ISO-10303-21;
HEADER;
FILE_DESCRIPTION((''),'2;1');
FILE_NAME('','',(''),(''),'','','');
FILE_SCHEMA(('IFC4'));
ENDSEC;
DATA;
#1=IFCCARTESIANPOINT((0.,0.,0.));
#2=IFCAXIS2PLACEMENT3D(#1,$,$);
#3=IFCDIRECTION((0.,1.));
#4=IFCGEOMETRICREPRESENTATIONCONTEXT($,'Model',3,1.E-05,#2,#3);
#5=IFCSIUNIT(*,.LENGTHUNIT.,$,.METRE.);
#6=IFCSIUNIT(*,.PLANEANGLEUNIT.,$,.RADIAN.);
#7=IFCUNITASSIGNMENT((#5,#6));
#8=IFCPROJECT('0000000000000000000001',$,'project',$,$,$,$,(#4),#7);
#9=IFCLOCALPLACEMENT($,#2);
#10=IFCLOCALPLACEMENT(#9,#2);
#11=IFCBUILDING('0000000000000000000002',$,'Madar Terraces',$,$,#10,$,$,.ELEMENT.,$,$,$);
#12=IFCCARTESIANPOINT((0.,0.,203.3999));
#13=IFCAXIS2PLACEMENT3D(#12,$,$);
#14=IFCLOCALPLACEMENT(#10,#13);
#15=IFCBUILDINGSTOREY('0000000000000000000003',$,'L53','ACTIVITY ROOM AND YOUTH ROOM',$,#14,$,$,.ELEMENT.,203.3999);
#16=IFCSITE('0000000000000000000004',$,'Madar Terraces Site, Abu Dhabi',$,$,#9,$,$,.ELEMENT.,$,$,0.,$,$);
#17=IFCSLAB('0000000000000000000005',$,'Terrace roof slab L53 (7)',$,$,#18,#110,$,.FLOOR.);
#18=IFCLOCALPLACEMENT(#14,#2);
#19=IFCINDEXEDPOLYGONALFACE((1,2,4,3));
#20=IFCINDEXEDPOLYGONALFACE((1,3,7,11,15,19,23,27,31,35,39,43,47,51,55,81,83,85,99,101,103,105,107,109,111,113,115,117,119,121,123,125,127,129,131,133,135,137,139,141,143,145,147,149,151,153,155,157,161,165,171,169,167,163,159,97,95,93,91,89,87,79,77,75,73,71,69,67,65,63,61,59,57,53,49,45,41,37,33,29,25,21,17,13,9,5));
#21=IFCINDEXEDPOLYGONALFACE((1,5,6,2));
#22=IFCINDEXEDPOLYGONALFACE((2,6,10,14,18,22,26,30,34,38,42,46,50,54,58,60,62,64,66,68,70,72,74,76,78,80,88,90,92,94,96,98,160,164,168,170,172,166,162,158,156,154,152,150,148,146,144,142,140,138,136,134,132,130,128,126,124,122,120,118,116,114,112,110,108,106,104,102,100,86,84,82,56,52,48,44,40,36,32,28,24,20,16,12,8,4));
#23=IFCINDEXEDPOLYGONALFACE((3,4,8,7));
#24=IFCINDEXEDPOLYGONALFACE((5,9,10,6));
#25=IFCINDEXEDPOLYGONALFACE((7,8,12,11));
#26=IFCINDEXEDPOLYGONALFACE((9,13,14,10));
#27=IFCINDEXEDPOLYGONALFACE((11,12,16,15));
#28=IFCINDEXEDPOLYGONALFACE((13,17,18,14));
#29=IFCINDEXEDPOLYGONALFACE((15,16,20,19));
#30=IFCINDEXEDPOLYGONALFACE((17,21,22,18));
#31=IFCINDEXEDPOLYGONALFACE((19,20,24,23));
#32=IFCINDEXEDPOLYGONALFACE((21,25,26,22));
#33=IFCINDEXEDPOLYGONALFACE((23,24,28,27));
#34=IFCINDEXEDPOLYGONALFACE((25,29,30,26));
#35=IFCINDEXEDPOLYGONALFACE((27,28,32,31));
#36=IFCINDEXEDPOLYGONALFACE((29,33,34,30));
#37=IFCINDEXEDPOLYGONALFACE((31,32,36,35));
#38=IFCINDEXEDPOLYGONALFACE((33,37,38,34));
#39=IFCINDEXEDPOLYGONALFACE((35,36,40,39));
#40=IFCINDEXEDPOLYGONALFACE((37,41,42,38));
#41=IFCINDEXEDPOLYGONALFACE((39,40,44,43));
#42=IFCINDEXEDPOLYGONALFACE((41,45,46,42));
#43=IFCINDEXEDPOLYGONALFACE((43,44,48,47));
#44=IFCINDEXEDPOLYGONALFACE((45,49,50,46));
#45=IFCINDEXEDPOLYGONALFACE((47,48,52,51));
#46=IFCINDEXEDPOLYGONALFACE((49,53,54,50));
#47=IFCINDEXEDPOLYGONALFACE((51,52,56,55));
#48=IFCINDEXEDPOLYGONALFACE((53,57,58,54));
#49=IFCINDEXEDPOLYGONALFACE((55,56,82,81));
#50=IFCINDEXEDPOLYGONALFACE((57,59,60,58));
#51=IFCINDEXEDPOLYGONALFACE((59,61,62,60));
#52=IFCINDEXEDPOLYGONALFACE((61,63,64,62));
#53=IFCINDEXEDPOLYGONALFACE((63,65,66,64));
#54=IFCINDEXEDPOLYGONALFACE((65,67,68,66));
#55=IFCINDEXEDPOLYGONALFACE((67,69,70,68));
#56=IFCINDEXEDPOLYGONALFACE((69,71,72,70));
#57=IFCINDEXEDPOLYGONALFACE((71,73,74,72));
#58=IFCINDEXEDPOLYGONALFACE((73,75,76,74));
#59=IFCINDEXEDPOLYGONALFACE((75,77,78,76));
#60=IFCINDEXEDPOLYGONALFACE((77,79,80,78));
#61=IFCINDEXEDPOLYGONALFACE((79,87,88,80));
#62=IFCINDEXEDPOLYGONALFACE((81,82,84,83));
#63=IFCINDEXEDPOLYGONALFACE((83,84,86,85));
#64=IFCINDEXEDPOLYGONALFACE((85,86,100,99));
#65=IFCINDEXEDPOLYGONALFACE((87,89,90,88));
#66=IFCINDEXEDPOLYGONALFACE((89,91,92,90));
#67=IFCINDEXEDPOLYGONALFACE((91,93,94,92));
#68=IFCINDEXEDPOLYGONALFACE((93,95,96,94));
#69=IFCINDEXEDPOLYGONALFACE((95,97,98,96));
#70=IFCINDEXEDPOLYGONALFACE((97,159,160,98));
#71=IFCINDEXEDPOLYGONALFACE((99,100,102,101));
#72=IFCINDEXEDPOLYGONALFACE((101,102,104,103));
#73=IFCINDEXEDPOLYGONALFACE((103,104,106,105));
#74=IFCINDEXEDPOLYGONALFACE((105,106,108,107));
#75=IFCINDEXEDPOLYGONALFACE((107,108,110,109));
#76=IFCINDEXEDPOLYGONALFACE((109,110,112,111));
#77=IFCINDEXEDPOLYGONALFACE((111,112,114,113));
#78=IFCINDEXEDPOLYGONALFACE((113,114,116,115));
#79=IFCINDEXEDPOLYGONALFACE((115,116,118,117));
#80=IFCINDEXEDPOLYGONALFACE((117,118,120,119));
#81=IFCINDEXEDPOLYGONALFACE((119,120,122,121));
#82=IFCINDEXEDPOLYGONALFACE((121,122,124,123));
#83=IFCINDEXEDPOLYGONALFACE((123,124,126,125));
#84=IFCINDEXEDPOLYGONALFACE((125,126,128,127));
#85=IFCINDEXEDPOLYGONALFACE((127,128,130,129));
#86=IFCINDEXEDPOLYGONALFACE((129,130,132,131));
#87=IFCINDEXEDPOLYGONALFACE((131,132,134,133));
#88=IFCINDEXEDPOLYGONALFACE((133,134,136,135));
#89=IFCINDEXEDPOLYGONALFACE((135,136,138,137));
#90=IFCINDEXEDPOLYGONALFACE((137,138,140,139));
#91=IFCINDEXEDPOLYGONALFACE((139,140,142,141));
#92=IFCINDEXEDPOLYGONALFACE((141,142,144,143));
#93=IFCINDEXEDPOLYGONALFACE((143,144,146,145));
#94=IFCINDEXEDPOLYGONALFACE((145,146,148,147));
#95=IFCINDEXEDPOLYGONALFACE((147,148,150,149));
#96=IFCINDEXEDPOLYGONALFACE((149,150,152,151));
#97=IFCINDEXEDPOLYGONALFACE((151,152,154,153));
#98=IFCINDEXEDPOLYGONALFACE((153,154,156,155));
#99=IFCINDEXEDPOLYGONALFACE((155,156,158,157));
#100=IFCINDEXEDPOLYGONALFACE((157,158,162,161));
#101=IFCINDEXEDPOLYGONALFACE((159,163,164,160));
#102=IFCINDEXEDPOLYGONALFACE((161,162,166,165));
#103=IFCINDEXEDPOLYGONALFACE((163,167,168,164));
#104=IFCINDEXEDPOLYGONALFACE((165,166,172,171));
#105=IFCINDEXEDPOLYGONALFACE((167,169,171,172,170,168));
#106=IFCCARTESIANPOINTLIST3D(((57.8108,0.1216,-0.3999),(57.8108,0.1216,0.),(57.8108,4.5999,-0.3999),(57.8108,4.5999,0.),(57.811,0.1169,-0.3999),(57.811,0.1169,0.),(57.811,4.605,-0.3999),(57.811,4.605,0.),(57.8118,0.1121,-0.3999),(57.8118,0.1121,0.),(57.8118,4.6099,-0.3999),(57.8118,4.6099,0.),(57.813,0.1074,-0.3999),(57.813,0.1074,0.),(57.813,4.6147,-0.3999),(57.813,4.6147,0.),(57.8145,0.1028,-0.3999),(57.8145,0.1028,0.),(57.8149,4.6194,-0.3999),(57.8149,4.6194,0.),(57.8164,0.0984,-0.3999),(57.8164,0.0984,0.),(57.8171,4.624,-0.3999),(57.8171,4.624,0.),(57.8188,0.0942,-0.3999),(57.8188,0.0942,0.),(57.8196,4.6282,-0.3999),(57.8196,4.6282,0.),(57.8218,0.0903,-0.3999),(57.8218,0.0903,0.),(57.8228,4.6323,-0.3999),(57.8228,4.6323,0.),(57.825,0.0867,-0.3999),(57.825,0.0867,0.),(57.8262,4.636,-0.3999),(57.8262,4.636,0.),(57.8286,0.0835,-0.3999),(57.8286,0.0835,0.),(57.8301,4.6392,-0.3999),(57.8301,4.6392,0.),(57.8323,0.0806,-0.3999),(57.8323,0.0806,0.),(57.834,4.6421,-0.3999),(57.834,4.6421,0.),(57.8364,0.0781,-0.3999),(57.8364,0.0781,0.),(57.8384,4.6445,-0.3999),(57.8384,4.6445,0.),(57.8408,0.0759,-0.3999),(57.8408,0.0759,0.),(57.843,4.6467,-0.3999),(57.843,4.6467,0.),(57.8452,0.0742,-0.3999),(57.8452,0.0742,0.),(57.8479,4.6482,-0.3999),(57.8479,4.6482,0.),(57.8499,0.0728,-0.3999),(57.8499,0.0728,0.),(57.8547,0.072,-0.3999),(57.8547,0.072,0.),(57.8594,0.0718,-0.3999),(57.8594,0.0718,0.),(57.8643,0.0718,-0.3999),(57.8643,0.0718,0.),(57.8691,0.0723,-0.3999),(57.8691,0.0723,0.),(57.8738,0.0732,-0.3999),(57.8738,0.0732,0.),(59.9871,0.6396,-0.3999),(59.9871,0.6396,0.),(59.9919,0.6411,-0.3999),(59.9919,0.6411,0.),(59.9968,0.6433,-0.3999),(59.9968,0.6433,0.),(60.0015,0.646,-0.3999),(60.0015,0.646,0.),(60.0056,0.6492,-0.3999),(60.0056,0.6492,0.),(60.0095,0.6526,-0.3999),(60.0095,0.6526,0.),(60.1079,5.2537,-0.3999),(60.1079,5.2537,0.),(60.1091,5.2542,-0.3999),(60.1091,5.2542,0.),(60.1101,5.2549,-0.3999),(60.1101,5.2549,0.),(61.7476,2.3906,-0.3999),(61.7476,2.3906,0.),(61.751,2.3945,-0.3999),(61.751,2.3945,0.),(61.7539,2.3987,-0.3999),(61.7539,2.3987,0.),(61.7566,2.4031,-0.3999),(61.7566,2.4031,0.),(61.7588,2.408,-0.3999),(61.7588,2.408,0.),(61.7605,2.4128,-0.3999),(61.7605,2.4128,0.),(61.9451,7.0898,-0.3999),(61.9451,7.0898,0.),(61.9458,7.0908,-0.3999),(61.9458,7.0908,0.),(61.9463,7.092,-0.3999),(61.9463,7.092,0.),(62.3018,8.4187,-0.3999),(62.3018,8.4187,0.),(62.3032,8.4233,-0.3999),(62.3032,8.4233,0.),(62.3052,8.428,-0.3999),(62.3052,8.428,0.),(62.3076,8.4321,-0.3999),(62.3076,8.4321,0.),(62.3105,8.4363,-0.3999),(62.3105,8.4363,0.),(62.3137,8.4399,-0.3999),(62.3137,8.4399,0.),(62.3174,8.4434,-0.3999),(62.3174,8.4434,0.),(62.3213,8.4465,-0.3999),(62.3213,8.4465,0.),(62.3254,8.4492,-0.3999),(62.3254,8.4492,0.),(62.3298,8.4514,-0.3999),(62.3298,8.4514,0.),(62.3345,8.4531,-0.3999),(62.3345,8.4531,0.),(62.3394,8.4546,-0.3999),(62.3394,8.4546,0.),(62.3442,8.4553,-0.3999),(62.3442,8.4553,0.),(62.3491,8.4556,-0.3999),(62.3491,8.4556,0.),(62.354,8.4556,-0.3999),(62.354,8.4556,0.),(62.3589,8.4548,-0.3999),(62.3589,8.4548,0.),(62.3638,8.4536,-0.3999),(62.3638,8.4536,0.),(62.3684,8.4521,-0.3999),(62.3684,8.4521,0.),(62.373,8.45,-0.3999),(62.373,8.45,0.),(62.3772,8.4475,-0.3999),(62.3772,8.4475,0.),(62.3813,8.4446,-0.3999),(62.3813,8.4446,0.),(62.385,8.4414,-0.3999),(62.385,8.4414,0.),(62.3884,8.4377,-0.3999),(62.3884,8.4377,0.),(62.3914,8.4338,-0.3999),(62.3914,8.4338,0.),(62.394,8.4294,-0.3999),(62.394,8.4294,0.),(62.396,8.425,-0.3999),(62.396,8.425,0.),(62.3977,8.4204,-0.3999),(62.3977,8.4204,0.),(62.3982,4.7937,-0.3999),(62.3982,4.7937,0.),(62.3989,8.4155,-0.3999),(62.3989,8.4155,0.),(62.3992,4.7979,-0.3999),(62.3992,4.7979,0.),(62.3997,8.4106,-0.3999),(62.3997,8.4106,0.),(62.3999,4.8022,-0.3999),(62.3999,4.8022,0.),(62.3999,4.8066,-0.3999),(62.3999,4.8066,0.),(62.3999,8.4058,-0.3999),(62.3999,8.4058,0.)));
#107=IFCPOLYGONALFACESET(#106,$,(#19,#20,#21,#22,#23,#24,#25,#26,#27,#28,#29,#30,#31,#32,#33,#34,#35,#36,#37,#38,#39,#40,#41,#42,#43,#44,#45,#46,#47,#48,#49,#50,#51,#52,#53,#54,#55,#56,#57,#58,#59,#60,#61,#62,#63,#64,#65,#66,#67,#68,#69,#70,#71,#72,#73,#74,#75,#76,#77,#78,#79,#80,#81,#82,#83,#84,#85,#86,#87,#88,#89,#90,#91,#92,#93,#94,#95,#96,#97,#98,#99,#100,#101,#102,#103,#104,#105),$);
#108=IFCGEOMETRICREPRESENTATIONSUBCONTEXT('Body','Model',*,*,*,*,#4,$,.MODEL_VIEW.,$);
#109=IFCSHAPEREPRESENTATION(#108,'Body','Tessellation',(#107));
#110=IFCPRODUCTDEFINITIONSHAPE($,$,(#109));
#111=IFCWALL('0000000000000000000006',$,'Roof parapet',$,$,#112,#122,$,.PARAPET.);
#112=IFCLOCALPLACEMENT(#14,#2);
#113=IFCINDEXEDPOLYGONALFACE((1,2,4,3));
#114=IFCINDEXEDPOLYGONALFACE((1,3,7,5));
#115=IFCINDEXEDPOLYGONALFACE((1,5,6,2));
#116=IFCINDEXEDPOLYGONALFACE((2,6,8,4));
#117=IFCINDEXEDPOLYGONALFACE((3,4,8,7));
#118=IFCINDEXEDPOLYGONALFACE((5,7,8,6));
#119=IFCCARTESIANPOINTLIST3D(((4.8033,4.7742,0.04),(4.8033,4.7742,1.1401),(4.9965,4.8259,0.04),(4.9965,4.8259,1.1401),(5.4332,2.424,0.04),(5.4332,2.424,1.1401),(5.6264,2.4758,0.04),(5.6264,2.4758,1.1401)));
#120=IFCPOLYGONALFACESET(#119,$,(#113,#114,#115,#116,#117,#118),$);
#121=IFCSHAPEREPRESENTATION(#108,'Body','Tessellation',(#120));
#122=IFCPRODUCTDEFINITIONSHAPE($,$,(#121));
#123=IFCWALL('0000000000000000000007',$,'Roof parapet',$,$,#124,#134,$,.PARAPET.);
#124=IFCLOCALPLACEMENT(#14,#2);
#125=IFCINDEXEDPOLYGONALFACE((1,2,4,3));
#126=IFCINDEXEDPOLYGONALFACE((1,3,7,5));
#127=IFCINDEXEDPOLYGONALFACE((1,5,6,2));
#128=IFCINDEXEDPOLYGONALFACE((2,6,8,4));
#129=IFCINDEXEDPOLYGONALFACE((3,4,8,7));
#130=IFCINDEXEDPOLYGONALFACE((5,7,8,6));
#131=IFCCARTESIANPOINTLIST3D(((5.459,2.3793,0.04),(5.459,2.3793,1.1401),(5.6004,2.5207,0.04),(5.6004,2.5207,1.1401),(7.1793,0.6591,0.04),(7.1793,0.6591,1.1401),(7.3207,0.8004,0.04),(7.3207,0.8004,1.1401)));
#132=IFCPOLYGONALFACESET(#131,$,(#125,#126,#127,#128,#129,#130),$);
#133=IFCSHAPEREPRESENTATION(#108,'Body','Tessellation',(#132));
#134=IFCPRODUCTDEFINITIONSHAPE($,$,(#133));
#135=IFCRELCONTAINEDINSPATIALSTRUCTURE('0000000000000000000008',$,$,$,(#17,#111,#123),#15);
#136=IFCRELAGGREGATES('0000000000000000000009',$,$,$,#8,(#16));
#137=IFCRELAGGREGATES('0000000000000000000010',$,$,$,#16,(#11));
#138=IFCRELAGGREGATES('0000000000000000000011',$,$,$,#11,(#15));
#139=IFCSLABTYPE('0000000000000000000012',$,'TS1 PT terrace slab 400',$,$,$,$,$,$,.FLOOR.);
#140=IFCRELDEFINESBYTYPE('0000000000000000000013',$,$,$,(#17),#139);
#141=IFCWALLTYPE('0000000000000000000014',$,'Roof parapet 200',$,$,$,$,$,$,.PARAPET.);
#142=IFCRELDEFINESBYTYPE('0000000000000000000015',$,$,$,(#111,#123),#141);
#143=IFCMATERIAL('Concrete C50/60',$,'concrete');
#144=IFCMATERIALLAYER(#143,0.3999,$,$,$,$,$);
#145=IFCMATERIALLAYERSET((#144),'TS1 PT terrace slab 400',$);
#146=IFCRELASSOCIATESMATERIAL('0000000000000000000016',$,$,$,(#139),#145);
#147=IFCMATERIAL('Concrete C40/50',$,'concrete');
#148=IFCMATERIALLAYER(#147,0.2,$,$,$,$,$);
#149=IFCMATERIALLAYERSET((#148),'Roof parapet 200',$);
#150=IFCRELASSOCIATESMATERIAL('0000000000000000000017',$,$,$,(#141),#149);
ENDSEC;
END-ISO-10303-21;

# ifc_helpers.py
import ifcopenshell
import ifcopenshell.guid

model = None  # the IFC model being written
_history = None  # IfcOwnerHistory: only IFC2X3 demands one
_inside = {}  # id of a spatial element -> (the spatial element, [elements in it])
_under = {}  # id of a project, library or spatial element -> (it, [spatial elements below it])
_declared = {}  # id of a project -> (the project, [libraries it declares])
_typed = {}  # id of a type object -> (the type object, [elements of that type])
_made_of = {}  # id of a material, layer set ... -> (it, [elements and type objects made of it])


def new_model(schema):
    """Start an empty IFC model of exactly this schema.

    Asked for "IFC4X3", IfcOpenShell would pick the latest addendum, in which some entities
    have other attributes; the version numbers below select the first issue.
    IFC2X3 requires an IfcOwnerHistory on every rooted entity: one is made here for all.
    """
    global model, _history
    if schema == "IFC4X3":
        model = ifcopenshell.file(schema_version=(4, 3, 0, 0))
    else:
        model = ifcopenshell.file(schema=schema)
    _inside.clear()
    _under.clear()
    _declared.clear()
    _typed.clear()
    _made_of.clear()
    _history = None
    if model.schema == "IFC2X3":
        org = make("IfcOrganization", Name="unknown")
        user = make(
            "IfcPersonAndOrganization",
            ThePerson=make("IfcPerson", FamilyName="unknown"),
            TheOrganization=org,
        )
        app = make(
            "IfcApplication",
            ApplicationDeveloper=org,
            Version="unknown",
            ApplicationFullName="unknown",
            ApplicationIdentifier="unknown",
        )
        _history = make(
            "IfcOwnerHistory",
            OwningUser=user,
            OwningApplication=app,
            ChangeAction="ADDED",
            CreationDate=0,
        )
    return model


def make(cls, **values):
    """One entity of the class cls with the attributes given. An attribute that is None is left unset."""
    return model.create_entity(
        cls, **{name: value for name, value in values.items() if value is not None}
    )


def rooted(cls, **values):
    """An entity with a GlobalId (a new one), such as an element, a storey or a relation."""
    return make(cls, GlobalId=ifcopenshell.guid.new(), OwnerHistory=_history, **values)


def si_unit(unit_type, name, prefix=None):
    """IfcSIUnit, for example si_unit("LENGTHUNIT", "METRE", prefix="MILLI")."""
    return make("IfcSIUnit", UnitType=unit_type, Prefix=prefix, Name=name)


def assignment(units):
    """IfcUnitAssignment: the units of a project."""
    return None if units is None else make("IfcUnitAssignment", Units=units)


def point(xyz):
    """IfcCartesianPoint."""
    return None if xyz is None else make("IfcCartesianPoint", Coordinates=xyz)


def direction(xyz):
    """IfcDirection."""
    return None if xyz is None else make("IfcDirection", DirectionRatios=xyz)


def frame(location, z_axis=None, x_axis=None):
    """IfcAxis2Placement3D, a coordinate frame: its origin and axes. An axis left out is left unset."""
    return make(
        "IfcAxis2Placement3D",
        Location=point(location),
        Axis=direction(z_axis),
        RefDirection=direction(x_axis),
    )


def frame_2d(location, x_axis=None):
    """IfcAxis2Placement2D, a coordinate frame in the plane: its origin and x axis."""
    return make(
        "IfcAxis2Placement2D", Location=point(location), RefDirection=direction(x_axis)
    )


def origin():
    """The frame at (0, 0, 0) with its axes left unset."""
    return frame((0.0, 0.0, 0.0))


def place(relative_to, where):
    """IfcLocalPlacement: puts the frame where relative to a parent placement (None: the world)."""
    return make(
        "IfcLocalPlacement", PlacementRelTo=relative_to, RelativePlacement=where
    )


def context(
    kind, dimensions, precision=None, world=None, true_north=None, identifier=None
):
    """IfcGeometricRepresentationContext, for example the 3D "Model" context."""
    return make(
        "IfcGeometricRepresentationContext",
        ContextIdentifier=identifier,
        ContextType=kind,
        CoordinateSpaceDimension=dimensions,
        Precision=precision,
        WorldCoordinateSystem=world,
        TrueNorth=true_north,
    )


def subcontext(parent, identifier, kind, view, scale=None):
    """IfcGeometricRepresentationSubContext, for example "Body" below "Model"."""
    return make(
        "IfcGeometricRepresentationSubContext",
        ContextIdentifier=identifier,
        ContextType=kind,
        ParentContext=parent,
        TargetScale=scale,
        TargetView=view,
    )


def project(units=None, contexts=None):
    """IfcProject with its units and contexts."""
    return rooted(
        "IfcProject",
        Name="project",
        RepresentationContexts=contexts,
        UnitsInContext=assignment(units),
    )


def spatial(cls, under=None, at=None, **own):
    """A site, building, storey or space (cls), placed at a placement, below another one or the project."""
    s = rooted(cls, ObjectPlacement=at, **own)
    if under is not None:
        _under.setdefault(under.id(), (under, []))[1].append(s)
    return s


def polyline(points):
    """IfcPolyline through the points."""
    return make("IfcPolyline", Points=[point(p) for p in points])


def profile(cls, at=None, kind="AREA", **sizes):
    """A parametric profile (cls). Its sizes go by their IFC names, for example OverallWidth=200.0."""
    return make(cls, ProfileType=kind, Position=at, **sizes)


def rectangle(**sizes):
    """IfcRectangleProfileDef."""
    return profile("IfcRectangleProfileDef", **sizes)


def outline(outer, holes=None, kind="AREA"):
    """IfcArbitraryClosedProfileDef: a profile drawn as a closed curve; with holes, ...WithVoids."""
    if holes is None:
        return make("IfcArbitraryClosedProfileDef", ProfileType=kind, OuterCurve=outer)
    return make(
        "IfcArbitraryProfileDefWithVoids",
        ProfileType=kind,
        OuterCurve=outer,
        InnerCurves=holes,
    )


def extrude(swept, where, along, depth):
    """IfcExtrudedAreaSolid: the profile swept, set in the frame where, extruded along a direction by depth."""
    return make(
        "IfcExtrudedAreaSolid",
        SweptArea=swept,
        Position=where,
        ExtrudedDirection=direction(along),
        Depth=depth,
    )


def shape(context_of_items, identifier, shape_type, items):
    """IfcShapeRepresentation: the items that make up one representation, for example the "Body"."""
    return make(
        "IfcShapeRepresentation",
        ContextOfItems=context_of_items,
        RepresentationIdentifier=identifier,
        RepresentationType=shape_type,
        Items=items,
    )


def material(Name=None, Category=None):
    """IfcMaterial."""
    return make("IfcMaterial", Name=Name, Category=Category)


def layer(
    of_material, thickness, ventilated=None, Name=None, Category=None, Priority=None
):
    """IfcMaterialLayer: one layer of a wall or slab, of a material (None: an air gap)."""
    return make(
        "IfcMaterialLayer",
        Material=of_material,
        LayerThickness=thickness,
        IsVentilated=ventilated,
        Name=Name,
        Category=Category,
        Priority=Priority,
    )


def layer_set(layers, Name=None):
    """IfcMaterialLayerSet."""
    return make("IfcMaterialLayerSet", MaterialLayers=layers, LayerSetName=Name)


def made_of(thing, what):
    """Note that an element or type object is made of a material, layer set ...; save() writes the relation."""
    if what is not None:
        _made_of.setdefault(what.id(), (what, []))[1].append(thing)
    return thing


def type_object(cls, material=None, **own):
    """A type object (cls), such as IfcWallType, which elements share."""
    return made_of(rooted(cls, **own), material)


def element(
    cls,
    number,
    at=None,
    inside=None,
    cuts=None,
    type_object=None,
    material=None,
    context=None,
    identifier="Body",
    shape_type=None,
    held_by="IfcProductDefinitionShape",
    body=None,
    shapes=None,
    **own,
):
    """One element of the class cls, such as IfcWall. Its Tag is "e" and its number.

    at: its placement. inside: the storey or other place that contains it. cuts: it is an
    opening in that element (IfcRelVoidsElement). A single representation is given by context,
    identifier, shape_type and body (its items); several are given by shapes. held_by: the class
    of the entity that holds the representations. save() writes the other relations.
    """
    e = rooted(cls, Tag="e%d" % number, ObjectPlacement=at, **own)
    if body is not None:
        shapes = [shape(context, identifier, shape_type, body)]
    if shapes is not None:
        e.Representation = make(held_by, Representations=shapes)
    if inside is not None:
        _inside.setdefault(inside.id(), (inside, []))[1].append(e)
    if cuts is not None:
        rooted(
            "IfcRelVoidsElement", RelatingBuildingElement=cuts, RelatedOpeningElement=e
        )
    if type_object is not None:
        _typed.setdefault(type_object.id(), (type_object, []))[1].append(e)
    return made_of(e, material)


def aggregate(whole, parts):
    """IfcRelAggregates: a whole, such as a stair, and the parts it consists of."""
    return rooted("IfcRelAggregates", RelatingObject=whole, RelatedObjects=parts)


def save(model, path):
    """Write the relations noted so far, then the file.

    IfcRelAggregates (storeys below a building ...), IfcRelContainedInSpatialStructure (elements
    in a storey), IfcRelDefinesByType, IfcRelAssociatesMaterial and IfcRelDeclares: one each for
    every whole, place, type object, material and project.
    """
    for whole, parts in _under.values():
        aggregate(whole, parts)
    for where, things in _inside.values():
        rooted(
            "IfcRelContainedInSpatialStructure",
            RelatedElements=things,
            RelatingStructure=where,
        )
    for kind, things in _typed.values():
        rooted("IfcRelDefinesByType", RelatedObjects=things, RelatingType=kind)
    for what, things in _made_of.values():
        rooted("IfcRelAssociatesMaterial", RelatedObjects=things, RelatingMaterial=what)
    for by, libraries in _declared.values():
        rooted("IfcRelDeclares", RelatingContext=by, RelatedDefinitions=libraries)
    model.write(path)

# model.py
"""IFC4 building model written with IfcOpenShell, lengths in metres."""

from ifc_helpers import new_model, si_unit, direction, frame, frame_2d, origin, place, context, subcontext, project, spatial, polyline, rectangle, outline, extrude, material, layer, layer_set, type_object, element, save


model = new_model("IFC4")

# Units and contexts
model_context = context("Model", 3, precision=1e-05, world=origin(), true_north=direction((0.0, 1.0)))
body_context = subcontext(model_context, "Body", "Model", "MODEL_VIEW")
ifc_project = project(units=[si_unit("LENGTHUNIT", "METRE"), si_unit("PLANEANGLEUNIT", "RADIAN")], contexts=[model_context])

# Site, building, storey
site_placement = place(None, origin())
site = spatial("IfcSite", under=ifc_project, at=site_placement, Name="Madar Terraces Site, Abu Dhabi", CompositionType="ELEMENT", RefElevation=0.0)
building_placement = place(site_placement, origin())
building = spatial("IfcBuilding", under=site, at=building_placement, Name="Madar Terraces", CompositionType="ELEMENT")
storey_placement = place(building_placement, frame((0.0, 0.0, 203.3999)))
storey = spatial("IfcBuildingStorey", under=building, at=storey_placement, Name="L53", Description="ACTIVITY ROOM AND YOUTH ROOM", CompositionType="ELEMENT", Elevation=203.3999)

# Slab
ifc_material_1 = material(Name="Concrete C50/60", Category="concrete")
ifc_layer_1 = layer(ifc_material_1, 0.3999)
ifc_layer_set_1 = layer_set([ifc_layer_1], Name="TS1 PT terrace slab 400")
slab_type_1 = type_object("IfcSlabType", Name="TS1 PT terrace slab 400", PredefinedType="FLOOR", material=ifc_layer_set_1)
slab_1_placement = place(storey_placement, frame((0.0, 0.0, -0.3999)))
element("IfcSlab", 1, at=slab_1_placement, inside=storey, type_object=slab_type_1, Name="Terrace roof slab L53 (7)", PredefinedType="FLOOR", context=body_context, shape_type="SweptSolid", body=[
    extrude(outline(polyline([(61.9451, 7.0898), (60.1101, 5.2549), (60.1091, 5.2542), (60.1079, 5.2537), (57.8479, 4.6482), (57.843, 4.6467), (57.8384, 4.6445), (57.834, 4.6421), (57.8301, 4.6392), (57.8262, 4.636), (57.8228, 4.6323), (57.8196, 4.6282), (57.8171, 4.624), (57.8149, 4.6194), (57.813, 4.6147), (57.8118, 4.6099), (57.811, 4.605), (57.8108, 4.5999), (57.8108, 0.1216), (57.811, 0.1169), (57.8118, 0.1121), (57.813, 0.1074), (57.8145, 0.1028), (57.8164, 0.0984), (57.8188, 0.0942), (57.8218, 0.0903), (57.825, 0.0867), (57.8286, 0.0835), (57.8323, 0.0806), (57.8364, 0.0781), (57.8408, 0.0759), (57.8452, 0.0742), (57.8499, 0.0728), (57.8547, 0.072), (57.8594, 0.0718), (57.8643, 0.0718), (57.8691, 0.0723), (57.8738, 0.0732), (59.9871, 0.6396), (59.9919, 0.6411), (59.9968, 0.6433), (60.0015, 0.646), (60.0056, 0.6492), (60.0095, 0.6526), (61.7476, 2.3906), (61.751, 2.3945), (61.7539, 2.3987), (61.7566, 2.4031), (61.7588, 2.408), (61.7605, 2.4128), (62.3982, 4.7937), (62.3992, 4.7979), (62.3999, 4.8022), (62.3999, 4.8066), (62.3999, 8.4058), (62.3997, 8.4106), (62.3989, 8.4155), (62.3977, 8.4204), (62.396, 8.425), (62.394, 8.4294), (62.3914, 8.4338), (62.3884, 8.4377), (62.385, 8.4414), (62.3813, 8.4446), (62.3772, 8.4475), (62.373, 8.45), (62.3684, 8.4521), (62.3638, 8.4536), (62.3589, 8.4548), (62.354, 8.4556), (62.3491, 8.4556), (62.3442, 8.4553), (62.3394, 8.4546), (62.3345, 8.4531), (62.3298, 8.4514), (62.3254, 8.4492), (62.3213, 8.4465), (62.3174, 8.4434), (62.3137, 8.4399), (62.3105, 8.4363), (62.3076, 8.4321), (62.3052, 8.428), (62.3032, 8.4233), (62.3018, 8.4187), (61.9463, 7.092), (61.9458, 7.0908), (61.9451, 7.0898)])), origin(), (0.0, 0.0, 1.0), 0.3999),
])

# Walls
ifc_material_2 = material(Name="Concrete C40/50", Category="concrete")
ifc_layer_2 = layer(ifc_material_2, 0.2)
ifc_layer_set_2 = layer_set([ifc_layer_2], Name="Roof parapet 200")
wall_type = type_object("IfcWallType", Name="Roof parapet 200", PredefinedType="PARAPET", material=ifc_layer_set_2)
wall_1_placement = place(storey_placement, frame((4.8999, 4.8, 0.04), z_axis=(0.0, 0.0, 1.0), x_axis=(0.258887, -0.965908, 0.0)))
element("IfcWall", 2, at=wall_1_placement, inside=storey, type_object=wall_type, Name="Roof parapet", PredefinedType="PARAPET", context=body_context, shape_type="SweptSolid", body=[
    extrude(rectangle(XDim=2.4331, YDim=0.2, at=frame_2d((1.2166, 0.0))), origin(), (0.0, 0.0, 1.0), 1.1001),
])
wall_2_placement = place(storey_placement, frame((5.5298, 2.45, 0.04), z_axis=(0.0, 0.0, 1.0), x_axis=(0.707107, -0.707107, 0.0)))
element("IfcWall", 3, at=wall_2_placement, inside=storey, type_object=wall_type, Name="Roof parapet", PredefinedType="PARAPET", context=body_context, shape_type="SweptSolid", body=[
    extrude(rectangle(XDim=2.4329, YDim=0.2, at=frame_2d((1.2163, 0.0))), origin(), (0.0, 0.0, 1.0), 1.1001),
])

save(model, "model.ifc")
